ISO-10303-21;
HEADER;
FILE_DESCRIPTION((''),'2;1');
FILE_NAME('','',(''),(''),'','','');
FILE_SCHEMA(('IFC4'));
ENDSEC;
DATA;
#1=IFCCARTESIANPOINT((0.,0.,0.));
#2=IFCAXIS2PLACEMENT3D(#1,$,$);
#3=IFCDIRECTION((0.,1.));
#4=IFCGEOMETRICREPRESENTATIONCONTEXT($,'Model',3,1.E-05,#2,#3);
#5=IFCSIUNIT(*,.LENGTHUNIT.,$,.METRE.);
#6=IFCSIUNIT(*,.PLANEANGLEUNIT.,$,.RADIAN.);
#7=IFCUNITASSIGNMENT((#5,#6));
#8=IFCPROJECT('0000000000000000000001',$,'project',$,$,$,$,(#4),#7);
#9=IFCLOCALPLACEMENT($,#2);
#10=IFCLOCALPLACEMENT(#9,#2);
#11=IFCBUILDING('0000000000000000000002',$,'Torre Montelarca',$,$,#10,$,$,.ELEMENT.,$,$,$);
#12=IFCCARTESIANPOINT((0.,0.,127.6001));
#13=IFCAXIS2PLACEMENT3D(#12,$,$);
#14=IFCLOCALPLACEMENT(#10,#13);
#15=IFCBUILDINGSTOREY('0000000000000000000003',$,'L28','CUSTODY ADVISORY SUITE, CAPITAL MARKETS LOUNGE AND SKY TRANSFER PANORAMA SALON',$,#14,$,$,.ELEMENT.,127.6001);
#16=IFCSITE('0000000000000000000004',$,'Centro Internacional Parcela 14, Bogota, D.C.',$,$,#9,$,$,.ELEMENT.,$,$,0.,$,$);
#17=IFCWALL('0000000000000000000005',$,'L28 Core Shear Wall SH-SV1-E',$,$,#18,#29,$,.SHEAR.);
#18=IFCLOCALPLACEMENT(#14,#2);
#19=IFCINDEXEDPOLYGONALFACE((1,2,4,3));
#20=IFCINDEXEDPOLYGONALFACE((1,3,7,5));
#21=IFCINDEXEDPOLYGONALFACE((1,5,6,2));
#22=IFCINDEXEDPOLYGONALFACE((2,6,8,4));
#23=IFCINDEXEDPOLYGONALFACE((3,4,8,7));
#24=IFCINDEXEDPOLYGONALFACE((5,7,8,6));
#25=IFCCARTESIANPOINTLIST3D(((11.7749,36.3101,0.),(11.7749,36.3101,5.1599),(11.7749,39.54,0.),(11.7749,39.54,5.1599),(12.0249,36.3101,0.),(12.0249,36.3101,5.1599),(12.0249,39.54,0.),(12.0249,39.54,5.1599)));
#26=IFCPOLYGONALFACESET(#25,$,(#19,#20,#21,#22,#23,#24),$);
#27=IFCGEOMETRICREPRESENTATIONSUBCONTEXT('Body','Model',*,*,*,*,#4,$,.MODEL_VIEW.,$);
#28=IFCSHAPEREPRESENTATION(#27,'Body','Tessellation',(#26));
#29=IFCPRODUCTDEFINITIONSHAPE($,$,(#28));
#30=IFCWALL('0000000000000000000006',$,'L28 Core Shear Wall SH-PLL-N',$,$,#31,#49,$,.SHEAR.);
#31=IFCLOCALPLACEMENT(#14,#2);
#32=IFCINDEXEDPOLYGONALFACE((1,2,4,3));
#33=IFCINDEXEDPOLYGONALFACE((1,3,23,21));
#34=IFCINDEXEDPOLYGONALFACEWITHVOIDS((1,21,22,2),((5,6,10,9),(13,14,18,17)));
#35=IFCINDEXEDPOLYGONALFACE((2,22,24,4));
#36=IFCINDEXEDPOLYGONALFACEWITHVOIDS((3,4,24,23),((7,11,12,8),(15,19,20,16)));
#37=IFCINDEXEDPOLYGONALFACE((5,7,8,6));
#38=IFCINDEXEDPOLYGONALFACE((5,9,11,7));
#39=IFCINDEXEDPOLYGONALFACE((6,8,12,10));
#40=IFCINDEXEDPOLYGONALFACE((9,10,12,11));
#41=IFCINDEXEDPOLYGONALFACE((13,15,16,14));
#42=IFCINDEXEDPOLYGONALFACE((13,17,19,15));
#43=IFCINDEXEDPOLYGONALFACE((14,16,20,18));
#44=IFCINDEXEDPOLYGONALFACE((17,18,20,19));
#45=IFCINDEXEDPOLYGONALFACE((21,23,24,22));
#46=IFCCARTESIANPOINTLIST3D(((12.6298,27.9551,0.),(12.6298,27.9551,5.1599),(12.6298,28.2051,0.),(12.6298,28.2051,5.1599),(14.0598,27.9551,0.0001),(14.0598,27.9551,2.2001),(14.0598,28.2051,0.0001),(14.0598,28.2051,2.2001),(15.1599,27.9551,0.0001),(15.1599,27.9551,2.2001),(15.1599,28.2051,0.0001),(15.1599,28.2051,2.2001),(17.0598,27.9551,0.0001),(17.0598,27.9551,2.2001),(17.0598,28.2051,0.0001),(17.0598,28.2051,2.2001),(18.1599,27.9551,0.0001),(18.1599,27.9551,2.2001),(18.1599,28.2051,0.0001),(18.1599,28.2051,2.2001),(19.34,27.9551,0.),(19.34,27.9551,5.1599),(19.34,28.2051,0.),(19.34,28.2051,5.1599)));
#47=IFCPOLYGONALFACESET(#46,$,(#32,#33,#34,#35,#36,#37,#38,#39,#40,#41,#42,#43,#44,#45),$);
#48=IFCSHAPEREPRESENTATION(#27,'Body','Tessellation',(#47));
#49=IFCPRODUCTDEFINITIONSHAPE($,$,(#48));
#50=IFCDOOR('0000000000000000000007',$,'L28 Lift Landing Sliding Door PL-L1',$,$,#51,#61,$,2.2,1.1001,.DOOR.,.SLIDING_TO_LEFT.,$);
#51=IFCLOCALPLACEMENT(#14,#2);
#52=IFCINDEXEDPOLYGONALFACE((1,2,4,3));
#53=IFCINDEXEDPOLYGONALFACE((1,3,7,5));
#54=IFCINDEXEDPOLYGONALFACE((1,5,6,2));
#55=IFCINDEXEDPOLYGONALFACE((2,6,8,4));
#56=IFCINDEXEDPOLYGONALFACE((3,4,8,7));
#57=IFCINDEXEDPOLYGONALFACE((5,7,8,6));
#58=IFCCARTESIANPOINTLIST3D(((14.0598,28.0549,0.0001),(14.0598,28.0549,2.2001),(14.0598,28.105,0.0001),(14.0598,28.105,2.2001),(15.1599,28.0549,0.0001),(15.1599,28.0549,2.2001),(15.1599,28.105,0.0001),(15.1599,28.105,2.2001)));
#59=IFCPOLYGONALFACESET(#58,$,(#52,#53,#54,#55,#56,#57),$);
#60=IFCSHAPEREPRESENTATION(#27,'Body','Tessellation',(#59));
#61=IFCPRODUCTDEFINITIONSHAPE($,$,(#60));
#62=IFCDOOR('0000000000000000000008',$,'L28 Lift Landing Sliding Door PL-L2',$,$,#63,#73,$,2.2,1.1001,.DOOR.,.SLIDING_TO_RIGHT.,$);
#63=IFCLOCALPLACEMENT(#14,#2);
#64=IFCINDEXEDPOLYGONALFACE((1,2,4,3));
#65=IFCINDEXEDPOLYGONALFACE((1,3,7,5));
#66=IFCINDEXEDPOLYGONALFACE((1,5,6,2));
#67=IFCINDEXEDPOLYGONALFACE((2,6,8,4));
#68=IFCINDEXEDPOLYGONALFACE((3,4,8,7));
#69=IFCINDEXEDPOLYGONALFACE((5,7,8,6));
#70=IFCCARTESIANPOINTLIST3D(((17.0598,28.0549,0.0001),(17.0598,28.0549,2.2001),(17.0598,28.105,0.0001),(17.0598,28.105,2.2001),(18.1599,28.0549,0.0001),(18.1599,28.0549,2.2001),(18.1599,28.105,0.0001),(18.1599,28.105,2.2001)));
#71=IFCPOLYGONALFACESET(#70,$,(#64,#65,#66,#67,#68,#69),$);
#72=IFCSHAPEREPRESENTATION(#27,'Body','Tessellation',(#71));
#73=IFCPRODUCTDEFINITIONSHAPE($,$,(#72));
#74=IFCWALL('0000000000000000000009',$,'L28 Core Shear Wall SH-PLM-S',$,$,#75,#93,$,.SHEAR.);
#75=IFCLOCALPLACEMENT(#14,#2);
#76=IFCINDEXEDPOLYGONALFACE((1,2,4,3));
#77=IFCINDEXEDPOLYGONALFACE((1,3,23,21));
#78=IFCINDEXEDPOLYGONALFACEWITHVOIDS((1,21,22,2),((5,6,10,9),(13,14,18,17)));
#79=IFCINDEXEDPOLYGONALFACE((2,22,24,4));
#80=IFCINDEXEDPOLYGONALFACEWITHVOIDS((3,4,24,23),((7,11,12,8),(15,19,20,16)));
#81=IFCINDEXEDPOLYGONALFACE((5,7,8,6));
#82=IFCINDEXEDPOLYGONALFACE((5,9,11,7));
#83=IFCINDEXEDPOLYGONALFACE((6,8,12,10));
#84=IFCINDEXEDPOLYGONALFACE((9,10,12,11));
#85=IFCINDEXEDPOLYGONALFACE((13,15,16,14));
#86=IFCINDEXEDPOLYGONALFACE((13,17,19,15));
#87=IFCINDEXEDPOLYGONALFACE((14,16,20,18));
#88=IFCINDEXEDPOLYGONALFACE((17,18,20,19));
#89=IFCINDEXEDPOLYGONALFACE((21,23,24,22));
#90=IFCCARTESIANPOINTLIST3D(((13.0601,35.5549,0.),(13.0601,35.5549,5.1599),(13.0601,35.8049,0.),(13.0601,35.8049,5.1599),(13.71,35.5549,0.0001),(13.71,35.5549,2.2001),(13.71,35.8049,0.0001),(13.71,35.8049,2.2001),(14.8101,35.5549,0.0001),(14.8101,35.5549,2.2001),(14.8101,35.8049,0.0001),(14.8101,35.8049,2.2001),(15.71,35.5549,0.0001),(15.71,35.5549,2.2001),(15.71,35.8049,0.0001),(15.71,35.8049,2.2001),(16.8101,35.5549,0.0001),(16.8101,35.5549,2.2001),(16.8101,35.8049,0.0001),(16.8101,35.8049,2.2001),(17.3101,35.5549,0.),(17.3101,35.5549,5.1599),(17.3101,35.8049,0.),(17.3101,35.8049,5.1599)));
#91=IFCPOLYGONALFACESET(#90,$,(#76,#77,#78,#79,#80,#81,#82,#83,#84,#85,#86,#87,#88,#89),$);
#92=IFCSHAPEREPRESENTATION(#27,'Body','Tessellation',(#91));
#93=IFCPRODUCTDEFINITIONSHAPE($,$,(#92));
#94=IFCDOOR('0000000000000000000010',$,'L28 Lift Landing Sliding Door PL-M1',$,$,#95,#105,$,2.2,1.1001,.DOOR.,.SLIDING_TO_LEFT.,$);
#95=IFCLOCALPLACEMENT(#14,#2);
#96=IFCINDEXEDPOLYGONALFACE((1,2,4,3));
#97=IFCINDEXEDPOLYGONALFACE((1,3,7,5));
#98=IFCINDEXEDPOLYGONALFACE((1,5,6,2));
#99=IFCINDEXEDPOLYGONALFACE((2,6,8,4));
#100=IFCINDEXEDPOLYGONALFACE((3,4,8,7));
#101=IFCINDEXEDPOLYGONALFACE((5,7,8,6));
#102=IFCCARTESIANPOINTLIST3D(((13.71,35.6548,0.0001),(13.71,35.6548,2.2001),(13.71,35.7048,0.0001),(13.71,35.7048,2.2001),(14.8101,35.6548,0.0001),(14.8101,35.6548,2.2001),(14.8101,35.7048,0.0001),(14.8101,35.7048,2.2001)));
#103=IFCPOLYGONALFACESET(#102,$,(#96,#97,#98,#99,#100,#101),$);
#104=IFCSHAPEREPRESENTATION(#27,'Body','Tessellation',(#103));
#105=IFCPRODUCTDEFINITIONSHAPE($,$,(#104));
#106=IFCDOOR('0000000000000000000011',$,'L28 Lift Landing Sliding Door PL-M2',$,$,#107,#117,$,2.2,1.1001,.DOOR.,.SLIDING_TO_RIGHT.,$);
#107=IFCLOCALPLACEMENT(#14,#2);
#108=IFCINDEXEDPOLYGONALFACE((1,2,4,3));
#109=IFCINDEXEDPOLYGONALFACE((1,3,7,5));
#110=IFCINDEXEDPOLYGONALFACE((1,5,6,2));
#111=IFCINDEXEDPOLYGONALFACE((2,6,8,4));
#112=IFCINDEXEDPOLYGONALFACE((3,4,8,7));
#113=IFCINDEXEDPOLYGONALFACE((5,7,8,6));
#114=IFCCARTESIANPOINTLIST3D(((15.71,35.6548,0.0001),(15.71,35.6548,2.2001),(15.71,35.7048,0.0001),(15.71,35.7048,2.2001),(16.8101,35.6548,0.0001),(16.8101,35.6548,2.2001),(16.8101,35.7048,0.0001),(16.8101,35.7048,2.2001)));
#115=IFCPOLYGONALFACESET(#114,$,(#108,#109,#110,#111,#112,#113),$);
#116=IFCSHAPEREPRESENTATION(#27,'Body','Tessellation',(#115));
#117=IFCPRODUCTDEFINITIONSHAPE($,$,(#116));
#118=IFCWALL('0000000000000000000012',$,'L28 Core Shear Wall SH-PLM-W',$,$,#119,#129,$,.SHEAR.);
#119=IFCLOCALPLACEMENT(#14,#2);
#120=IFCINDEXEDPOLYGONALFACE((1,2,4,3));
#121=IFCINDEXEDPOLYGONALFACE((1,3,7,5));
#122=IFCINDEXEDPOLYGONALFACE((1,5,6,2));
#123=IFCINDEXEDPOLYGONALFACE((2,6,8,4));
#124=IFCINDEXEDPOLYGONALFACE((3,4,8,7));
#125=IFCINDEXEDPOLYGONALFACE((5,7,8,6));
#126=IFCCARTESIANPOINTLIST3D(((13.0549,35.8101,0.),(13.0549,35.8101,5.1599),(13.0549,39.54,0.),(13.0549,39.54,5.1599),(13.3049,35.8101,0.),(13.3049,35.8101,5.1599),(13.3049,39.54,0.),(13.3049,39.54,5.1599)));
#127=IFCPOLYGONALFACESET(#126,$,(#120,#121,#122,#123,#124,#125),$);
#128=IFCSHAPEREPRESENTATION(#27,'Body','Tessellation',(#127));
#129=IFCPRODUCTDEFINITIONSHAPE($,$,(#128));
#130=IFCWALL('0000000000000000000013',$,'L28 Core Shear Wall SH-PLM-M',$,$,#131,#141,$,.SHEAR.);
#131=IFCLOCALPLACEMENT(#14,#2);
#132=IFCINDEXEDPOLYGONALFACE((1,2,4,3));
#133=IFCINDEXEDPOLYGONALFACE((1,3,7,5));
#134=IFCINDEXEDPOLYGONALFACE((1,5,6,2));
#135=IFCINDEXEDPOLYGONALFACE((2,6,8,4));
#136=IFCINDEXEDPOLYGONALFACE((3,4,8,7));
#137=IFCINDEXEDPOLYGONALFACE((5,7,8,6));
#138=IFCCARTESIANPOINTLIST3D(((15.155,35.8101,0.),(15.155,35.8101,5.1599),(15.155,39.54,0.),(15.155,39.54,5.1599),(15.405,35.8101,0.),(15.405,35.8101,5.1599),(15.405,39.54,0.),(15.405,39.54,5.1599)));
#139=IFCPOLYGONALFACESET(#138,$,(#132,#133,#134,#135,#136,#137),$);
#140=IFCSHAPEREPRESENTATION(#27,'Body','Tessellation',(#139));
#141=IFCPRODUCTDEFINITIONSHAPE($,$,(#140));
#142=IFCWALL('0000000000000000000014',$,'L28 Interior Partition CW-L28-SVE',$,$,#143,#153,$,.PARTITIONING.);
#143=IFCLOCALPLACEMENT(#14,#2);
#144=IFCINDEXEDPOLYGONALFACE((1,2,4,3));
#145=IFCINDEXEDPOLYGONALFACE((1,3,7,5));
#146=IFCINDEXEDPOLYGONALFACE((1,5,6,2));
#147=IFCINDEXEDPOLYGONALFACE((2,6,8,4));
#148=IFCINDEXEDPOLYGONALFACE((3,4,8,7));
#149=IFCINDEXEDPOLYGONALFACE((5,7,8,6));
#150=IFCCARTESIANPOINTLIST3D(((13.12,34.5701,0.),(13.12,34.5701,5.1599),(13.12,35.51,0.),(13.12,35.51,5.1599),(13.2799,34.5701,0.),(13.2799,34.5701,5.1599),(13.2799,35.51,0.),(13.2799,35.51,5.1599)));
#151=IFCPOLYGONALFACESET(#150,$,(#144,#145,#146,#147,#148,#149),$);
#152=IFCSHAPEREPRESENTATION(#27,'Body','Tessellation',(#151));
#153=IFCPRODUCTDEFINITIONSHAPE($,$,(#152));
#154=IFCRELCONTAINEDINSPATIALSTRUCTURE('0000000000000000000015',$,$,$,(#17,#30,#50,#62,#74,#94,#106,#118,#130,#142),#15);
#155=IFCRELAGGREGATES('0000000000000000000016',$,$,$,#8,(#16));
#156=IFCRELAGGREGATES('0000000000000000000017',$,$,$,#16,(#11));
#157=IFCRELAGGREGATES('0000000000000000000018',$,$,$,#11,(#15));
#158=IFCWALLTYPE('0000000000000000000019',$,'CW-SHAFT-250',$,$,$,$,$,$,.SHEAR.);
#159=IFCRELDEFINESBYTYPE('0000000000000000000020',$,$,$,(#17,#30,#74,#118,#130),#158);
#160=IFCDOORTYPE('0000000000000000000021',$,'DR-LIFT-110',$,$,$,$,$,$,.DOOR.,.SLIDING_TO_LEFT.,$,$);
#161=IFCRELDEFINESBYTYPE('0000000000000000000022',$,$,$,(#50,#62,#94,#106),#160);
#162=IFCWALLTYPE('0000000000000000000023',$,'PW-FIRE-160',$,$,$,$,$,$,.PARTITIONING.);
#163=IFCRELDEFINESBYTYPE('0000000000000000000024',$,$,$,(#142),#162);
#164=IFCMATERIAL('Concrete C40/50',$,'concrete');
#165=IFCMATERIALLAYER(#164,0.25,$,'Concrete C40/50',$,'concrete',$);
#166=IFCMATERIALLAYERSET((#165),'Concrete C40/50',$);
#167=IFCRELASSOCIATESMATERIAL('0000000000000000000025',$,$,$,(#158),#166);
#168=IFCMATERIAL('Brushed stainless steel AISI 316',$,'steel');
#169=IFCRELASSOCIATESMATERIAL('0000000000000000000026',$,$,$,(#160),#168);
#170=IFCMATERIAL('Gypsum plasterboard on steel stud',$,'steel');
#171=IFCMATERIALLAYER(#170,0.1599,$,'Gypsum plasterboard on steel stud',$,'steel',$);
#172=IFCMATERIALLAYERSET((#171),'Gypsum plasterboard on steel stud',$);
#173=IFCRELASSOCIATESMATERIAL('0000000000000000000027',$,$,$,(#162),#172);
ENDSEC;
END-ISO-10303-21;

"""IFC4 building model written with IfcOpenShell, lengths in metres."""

from ifc_helpers import new_model, si_unit, direction, frame, frame_2d, origin, place, context, subcontext, project, spatial, rectangle, extrude, source, transform, mapped, material, layer, layer_set, type_object, element, fill, save


model = new_model("IFC4")

# Units and contexts
model_context = context("Model", 3, precision=1e-05, world=origin(), true_north=direction((0.0, 1.0)))
body_context = subcontext(model_context, "Body", "Model", "MODEL_VIEW")
ifc_project = project(units=[si_unit("LENGTHUNIT", "METRE"), si_unit("PLANEANGLEUNIT", "RADIAN")], contexts=[model_context])

# Site, building, storey
site_placement = place(None, origin())
site = spatial("IfcSite", under=ifc_project, at=site_placement, Name="Centro Internacional Parcela 14, Bogota, D.C.", CompositionType="ELEMENT", RefElevation=0.0)
building_placement = place(site_placement, origin())
building = spatial("IfcBuilding", under=site, at=building_placement, Name="Torre Montelarca", CompositionType="ELEMENT")
storey_placement = place(building_placement, frame((0.0, 0.0, 127.6001)))
storey = spatial("IfcBuildingStorey", under=building, at=storey_placement, Name="L28", Description="CUSTODY ADVISORY SUITE, CAPITAL MARKETS LOUNGE AND SKY TRANSFER PANORAMA SALON", CompositionType="ELEMENT", Elevation=127.6001)

# Wall
ifc_material_1 = material(Name="Concrete C40/50", Category="concrete")
ifc_layer_1 = layer(ifc_material_1, 0.25, Name="Concrete C40/50", Category="concrete")
ifc_layer_set_1 = layer_set([ifc_layer_1], Name="Concrete C40/50")
wall_type_1 = type_object("IfcWallType", Name="CW-SHAFT-250", PredefinedType="SHEAR", material=ifc_layer_set_1)
wall_1_placement = place(storey_placement, frame((11.8999, 36.3101, 0.0), z_axis=(0.0, 0.0, 1.0), x_axis=(0.0, 1.0, 0.0)))
element("IfcWall", 1, at=wall_1_placement, inside=storey, type_object=wall_type_1, Name="L28 Core Shear Wall SH-SV1-E", PredefinedType="SHEAR", context=body_context, shape_type="SweptSolid", body=[
    extrude(rectangle(XDim=3.23, YDim=0.25, at=frame_2d((1.615, 0.0))), origin(), (0.0, 0.0, 1.0), 5.1599),
])

# Walls, openings, doors
wall_2_placement = place(storey_placement, frame((12.6299, 28.0801, 0.0), z_axis=(0.0, 0.0, 1.0), x_axis=(1.0, 0.0, 0.0)))
wall_2 = element("IfcWall", 2, at=wall_2_placement, inside=storey, type_object=wall_type_1, Name="L28 Core Shear Wall SH-PLL-N", PredefinedType="SHEAR", context=body_context, shape_type="SweptSolid", body=[
    extrude(rectangle(XDim=6.7102, YDim=0.25, at=frame_2d((3.355, 0.0))), origin(), (0.0, 0.0, 1.0), 5.1599),
])
opening_1_placement = place(wall_2_placement, frame((1.4299, 0.0, 0.0)))
opening_1 = element("IfcOpeningElement", 3, at=opening_1_placement, cuts=wall_2, PredefinedType="OPENING", context=body_context, shape_type="SweptSolid", body=[
    extrude(rectangle(XDim=1.1001, YDim=2.2, at=frame_2d((0.55, 1.1001))), frame((0.0, 0.135, 0.0), z_axis=(0.0, -1.0, 0.0), x_axis=(1.0, 0.0, 0.0)), (0.0, 0.0, 1.0), 0.27),
])
opening_2_placement = place(wall_2_placement, frame((4.4299, 0.0, 0.0)))
opening_2 = element("IfcOpeningElement", 4, at=opening_2_placement, cuts=wall_2, PredefinedType="OPENING", context=body_context, shape_type="SweptSolid", body=[
    extrude(rectangle(XDim=1.1001, YDim=2.2, at=frame_2d((0.55, 1.1001))), frame((0.0, 0.135, 0.0), z_axis=(0.0, -1.0, 0.0), x_axis=(1.0, 0.0, 0.0)), (0.0, 0.0, 1.0), 0.27),
])
ifc_material_2 = material(Name="Brushed stainless steel AISI 316", Category="steel")
door_type = type_object("IfcDoorType", Name="DR-LIFT-110", OperationType="SLIDING_TO_LEFT", PredefinedType="DOOR", material=ifc_material_2)
shared_shape = source(origin(), body_context, "Body", "SweptSolid", [
    extrude(rectangle(XDim=1.1001, YDim=2.2, at=frame_2d((0.55, 1.1001))), frame((0.0, 0.0249, 0.0), z_axis=(0.0, -1.0, 0.0), x_axis=(1.0, 0.0, 0.0)), (0.0, 0.0, 1.0), 0.05),
])
door_1_placement = place(opening_1_placement, origin())
door_1 = element("IfcDoor", 5, at=door_1_placement, inside=storey, type_object=door_type, Name="L28 Lift Landing Sliding Door PL-L1", OperationType="SLIDING_TO_LEFT", OverallHeight=2.2, OverallWidth=1.1001, PredefinedType="DOOR", context=body_context, shape_type="MappedRepresentation", body=[
    mapped(shared_shape, transform((0.0, 0.0, 0.0), scale=1.0)),
])
fill(opening_1, door_1)
door_2_placement = place(opening_2_placement, origin())
door_2 = element("IfcDoor", 6, at=door_2_placement, inside=storey, type_object=door_type, Name="L28 Lift Landing Sliding Door PL-L2", OperationType="SLIDING_TO_RIGHT", OverallHeight=2.2, OverallWidth=1.1001, PredefinedType="DOOR", context=body_context, shape_type="MappedRepresentation", body=[
    mapped(shared_shape, transform((0.0, 0.0, 0.0), scale=1.0)),
])
fill(opening_2, door_2)
wall_3_placement = place(storey_placement, frame((13.0601, 35.6799, 0.0), z_axis=(0.0, 0.0, 1.0), x_axis=(1.0, 0.0, 0.0)))
wall_3 = element("IfcWall", 7, at=wall_3_placement, inside=storey, type_object=wall_type_1, Name="L28 Core Shear Wall SH-PLM-S", PredefinedType="SHEAR", context=body_context, shape_type="SweptSolid", body=[
    extrude(rectangle(XDim=4.25, YDim=0.25, at=frame_2d((2.125, 0.0))), origin(), (0.0, 0.0, 1.0), 5.1599),
])
opening_3_placement = place(wall_3_placement, frame((0.6499, 0.0, 0.0)))
opening_3 = element("IfcOpeningElement", 8, at=opening_3_placement, cuts=wall_3, PredefinedType="OPENING", context=body_context, shape_type="SweptSolid", body=[
    extrude(rectangle(XDim=1.1001, YDim=2.2, at=frame_2d((0.55, 1.1001))), frame((0.0, 0.135, 0.0), z_axis=(0.0, -1.0, 0.0), x_axis=(1.0, 0.0, 0.0)), (0.0, 0.0, 1.0), 0.27),
])
opening_4_placement = place(wall_3_placement, frame((2.6499, 0.0, 0.0)))
opening_4 = element("IfcOpeningElement", 9, at=opening_4_placement, cuts=wall_3, PredefinedType="OPENING", context=body_context, shape_type="SweptSolid", body=[
    extrude(rectangle(XDim=1.1001, YDim=2.2, at=frame_2d((0.55, 1.1001))), frame((0.0, 0.135, 0.0), z_axis=(0.0, -1.0, 0.0), x_axis=(1.0, 0.0, 0.0)), (0.0, 0.0, 1.0), 0.27),
])
door_3_placement = place(opening_3_placement, origin())
door_3 = element("IfcDoor", 10, at=door_3_placement, inside=storey, type_object=door_type, Name="L28 Lift Landing Sliding Door PL-M1", OperationType="SLIDING_TO_LEFT", OverallHeight=2.2, OverallWidth=1.1001, PredefinedType="DOOR", context=body_context, shape_type="MappedRepresentation", body=[
    mapped(shared_shape, transform((0.0, 0.0, 0.0), scale=1.0)),
])
fill(opening_3, door_3)
door_4_placement = place(opening_4_placement, origin())
door_4 = element("IfcDoor", 11, at=door_4_placement, inside=storey, type_object=door_type, Name="L28 Lift Landing Sliding Door PL-M2", OperationType="SLIDING_TO_RIGHT", OverallHeight=2.2, OverallWidth=1.1001, PredefinedType="DOOR", context=body_context, shape_type="MappedRepresentation", body=[
    mapped(shared_shape, transform((0.0, 0.0, 0.0), scale=1.0)),
])
fill(opening_4, door_4)

# Walls
for number, where, z_axis, x_axis, name in (
    (12, (13.1799, 35.8101, 0.0), (0.0, 0.0, 1.0), (0.0, 1.0, 0.0), "L28 Core Shear Wall SH-PLM-W"),
    (13, (15.28, 35.8101, 0.0), (0.0, 0.0, 1.0), (0.0, 1.0, 0.0), "L28 Core Shear Wall SH-PLM-M"),
):
    element("IfcWall", number, at=place(storey_placement, frame(where, z_axis=z_axis, x_axis=x_axis)), inside=storey, type_object=wall_type_1, Name=name, PredefinedType="SHEAR", context=body_context, shape_type="SweptSolid", body=[
        extrude(rectangle(XDim=3.73, YDim=0.25, at=frame_2d((1.865, 0.0))), origin(), (0.0, 0.0, 1.0), 5.1599),
    ])
ifc_material_3 = material(Name="Gypsum plasterboard on steel stud", Category="steel")
ifc_layer_2 = layer(ifc_material_3, 0.1599, Name="Gypsum plasterboard on steel stud", Category="steel")
ifc_layer_set_2 = layer_set([ifc_layer_2], Name="Gypsum plasterboard on steel stud")
wall_type_2 = type_object("IfcWallType", Name="PW-FIRE-160", PredefinedType="PARTITIONING", material=ifc_layer_set_2)
wall_4_placement = place(storey_placement, frame((13.2, 34.5701, 0.0), z_axis=(0.0, 0.0, 1.0), x_axis=(0.0, 1.0, 0.0)))
element("IfcWall", 14, at=wall_4_placement, inside=storey, type_object=wall_type_2, Name="L28 Interior Partition CW-L28-SVE", PredefinedType="PARTITIONING", context=body_context, shape_type="SweptSolid", body=[
    extrude(rectangle(XDim=0.9399, YDim=0.1599, at=frame_2d((0.47, 0.0))), origin(), (0.0, 0.0, 1.0), 5.1599),
])

save(model, "model.ifc")
